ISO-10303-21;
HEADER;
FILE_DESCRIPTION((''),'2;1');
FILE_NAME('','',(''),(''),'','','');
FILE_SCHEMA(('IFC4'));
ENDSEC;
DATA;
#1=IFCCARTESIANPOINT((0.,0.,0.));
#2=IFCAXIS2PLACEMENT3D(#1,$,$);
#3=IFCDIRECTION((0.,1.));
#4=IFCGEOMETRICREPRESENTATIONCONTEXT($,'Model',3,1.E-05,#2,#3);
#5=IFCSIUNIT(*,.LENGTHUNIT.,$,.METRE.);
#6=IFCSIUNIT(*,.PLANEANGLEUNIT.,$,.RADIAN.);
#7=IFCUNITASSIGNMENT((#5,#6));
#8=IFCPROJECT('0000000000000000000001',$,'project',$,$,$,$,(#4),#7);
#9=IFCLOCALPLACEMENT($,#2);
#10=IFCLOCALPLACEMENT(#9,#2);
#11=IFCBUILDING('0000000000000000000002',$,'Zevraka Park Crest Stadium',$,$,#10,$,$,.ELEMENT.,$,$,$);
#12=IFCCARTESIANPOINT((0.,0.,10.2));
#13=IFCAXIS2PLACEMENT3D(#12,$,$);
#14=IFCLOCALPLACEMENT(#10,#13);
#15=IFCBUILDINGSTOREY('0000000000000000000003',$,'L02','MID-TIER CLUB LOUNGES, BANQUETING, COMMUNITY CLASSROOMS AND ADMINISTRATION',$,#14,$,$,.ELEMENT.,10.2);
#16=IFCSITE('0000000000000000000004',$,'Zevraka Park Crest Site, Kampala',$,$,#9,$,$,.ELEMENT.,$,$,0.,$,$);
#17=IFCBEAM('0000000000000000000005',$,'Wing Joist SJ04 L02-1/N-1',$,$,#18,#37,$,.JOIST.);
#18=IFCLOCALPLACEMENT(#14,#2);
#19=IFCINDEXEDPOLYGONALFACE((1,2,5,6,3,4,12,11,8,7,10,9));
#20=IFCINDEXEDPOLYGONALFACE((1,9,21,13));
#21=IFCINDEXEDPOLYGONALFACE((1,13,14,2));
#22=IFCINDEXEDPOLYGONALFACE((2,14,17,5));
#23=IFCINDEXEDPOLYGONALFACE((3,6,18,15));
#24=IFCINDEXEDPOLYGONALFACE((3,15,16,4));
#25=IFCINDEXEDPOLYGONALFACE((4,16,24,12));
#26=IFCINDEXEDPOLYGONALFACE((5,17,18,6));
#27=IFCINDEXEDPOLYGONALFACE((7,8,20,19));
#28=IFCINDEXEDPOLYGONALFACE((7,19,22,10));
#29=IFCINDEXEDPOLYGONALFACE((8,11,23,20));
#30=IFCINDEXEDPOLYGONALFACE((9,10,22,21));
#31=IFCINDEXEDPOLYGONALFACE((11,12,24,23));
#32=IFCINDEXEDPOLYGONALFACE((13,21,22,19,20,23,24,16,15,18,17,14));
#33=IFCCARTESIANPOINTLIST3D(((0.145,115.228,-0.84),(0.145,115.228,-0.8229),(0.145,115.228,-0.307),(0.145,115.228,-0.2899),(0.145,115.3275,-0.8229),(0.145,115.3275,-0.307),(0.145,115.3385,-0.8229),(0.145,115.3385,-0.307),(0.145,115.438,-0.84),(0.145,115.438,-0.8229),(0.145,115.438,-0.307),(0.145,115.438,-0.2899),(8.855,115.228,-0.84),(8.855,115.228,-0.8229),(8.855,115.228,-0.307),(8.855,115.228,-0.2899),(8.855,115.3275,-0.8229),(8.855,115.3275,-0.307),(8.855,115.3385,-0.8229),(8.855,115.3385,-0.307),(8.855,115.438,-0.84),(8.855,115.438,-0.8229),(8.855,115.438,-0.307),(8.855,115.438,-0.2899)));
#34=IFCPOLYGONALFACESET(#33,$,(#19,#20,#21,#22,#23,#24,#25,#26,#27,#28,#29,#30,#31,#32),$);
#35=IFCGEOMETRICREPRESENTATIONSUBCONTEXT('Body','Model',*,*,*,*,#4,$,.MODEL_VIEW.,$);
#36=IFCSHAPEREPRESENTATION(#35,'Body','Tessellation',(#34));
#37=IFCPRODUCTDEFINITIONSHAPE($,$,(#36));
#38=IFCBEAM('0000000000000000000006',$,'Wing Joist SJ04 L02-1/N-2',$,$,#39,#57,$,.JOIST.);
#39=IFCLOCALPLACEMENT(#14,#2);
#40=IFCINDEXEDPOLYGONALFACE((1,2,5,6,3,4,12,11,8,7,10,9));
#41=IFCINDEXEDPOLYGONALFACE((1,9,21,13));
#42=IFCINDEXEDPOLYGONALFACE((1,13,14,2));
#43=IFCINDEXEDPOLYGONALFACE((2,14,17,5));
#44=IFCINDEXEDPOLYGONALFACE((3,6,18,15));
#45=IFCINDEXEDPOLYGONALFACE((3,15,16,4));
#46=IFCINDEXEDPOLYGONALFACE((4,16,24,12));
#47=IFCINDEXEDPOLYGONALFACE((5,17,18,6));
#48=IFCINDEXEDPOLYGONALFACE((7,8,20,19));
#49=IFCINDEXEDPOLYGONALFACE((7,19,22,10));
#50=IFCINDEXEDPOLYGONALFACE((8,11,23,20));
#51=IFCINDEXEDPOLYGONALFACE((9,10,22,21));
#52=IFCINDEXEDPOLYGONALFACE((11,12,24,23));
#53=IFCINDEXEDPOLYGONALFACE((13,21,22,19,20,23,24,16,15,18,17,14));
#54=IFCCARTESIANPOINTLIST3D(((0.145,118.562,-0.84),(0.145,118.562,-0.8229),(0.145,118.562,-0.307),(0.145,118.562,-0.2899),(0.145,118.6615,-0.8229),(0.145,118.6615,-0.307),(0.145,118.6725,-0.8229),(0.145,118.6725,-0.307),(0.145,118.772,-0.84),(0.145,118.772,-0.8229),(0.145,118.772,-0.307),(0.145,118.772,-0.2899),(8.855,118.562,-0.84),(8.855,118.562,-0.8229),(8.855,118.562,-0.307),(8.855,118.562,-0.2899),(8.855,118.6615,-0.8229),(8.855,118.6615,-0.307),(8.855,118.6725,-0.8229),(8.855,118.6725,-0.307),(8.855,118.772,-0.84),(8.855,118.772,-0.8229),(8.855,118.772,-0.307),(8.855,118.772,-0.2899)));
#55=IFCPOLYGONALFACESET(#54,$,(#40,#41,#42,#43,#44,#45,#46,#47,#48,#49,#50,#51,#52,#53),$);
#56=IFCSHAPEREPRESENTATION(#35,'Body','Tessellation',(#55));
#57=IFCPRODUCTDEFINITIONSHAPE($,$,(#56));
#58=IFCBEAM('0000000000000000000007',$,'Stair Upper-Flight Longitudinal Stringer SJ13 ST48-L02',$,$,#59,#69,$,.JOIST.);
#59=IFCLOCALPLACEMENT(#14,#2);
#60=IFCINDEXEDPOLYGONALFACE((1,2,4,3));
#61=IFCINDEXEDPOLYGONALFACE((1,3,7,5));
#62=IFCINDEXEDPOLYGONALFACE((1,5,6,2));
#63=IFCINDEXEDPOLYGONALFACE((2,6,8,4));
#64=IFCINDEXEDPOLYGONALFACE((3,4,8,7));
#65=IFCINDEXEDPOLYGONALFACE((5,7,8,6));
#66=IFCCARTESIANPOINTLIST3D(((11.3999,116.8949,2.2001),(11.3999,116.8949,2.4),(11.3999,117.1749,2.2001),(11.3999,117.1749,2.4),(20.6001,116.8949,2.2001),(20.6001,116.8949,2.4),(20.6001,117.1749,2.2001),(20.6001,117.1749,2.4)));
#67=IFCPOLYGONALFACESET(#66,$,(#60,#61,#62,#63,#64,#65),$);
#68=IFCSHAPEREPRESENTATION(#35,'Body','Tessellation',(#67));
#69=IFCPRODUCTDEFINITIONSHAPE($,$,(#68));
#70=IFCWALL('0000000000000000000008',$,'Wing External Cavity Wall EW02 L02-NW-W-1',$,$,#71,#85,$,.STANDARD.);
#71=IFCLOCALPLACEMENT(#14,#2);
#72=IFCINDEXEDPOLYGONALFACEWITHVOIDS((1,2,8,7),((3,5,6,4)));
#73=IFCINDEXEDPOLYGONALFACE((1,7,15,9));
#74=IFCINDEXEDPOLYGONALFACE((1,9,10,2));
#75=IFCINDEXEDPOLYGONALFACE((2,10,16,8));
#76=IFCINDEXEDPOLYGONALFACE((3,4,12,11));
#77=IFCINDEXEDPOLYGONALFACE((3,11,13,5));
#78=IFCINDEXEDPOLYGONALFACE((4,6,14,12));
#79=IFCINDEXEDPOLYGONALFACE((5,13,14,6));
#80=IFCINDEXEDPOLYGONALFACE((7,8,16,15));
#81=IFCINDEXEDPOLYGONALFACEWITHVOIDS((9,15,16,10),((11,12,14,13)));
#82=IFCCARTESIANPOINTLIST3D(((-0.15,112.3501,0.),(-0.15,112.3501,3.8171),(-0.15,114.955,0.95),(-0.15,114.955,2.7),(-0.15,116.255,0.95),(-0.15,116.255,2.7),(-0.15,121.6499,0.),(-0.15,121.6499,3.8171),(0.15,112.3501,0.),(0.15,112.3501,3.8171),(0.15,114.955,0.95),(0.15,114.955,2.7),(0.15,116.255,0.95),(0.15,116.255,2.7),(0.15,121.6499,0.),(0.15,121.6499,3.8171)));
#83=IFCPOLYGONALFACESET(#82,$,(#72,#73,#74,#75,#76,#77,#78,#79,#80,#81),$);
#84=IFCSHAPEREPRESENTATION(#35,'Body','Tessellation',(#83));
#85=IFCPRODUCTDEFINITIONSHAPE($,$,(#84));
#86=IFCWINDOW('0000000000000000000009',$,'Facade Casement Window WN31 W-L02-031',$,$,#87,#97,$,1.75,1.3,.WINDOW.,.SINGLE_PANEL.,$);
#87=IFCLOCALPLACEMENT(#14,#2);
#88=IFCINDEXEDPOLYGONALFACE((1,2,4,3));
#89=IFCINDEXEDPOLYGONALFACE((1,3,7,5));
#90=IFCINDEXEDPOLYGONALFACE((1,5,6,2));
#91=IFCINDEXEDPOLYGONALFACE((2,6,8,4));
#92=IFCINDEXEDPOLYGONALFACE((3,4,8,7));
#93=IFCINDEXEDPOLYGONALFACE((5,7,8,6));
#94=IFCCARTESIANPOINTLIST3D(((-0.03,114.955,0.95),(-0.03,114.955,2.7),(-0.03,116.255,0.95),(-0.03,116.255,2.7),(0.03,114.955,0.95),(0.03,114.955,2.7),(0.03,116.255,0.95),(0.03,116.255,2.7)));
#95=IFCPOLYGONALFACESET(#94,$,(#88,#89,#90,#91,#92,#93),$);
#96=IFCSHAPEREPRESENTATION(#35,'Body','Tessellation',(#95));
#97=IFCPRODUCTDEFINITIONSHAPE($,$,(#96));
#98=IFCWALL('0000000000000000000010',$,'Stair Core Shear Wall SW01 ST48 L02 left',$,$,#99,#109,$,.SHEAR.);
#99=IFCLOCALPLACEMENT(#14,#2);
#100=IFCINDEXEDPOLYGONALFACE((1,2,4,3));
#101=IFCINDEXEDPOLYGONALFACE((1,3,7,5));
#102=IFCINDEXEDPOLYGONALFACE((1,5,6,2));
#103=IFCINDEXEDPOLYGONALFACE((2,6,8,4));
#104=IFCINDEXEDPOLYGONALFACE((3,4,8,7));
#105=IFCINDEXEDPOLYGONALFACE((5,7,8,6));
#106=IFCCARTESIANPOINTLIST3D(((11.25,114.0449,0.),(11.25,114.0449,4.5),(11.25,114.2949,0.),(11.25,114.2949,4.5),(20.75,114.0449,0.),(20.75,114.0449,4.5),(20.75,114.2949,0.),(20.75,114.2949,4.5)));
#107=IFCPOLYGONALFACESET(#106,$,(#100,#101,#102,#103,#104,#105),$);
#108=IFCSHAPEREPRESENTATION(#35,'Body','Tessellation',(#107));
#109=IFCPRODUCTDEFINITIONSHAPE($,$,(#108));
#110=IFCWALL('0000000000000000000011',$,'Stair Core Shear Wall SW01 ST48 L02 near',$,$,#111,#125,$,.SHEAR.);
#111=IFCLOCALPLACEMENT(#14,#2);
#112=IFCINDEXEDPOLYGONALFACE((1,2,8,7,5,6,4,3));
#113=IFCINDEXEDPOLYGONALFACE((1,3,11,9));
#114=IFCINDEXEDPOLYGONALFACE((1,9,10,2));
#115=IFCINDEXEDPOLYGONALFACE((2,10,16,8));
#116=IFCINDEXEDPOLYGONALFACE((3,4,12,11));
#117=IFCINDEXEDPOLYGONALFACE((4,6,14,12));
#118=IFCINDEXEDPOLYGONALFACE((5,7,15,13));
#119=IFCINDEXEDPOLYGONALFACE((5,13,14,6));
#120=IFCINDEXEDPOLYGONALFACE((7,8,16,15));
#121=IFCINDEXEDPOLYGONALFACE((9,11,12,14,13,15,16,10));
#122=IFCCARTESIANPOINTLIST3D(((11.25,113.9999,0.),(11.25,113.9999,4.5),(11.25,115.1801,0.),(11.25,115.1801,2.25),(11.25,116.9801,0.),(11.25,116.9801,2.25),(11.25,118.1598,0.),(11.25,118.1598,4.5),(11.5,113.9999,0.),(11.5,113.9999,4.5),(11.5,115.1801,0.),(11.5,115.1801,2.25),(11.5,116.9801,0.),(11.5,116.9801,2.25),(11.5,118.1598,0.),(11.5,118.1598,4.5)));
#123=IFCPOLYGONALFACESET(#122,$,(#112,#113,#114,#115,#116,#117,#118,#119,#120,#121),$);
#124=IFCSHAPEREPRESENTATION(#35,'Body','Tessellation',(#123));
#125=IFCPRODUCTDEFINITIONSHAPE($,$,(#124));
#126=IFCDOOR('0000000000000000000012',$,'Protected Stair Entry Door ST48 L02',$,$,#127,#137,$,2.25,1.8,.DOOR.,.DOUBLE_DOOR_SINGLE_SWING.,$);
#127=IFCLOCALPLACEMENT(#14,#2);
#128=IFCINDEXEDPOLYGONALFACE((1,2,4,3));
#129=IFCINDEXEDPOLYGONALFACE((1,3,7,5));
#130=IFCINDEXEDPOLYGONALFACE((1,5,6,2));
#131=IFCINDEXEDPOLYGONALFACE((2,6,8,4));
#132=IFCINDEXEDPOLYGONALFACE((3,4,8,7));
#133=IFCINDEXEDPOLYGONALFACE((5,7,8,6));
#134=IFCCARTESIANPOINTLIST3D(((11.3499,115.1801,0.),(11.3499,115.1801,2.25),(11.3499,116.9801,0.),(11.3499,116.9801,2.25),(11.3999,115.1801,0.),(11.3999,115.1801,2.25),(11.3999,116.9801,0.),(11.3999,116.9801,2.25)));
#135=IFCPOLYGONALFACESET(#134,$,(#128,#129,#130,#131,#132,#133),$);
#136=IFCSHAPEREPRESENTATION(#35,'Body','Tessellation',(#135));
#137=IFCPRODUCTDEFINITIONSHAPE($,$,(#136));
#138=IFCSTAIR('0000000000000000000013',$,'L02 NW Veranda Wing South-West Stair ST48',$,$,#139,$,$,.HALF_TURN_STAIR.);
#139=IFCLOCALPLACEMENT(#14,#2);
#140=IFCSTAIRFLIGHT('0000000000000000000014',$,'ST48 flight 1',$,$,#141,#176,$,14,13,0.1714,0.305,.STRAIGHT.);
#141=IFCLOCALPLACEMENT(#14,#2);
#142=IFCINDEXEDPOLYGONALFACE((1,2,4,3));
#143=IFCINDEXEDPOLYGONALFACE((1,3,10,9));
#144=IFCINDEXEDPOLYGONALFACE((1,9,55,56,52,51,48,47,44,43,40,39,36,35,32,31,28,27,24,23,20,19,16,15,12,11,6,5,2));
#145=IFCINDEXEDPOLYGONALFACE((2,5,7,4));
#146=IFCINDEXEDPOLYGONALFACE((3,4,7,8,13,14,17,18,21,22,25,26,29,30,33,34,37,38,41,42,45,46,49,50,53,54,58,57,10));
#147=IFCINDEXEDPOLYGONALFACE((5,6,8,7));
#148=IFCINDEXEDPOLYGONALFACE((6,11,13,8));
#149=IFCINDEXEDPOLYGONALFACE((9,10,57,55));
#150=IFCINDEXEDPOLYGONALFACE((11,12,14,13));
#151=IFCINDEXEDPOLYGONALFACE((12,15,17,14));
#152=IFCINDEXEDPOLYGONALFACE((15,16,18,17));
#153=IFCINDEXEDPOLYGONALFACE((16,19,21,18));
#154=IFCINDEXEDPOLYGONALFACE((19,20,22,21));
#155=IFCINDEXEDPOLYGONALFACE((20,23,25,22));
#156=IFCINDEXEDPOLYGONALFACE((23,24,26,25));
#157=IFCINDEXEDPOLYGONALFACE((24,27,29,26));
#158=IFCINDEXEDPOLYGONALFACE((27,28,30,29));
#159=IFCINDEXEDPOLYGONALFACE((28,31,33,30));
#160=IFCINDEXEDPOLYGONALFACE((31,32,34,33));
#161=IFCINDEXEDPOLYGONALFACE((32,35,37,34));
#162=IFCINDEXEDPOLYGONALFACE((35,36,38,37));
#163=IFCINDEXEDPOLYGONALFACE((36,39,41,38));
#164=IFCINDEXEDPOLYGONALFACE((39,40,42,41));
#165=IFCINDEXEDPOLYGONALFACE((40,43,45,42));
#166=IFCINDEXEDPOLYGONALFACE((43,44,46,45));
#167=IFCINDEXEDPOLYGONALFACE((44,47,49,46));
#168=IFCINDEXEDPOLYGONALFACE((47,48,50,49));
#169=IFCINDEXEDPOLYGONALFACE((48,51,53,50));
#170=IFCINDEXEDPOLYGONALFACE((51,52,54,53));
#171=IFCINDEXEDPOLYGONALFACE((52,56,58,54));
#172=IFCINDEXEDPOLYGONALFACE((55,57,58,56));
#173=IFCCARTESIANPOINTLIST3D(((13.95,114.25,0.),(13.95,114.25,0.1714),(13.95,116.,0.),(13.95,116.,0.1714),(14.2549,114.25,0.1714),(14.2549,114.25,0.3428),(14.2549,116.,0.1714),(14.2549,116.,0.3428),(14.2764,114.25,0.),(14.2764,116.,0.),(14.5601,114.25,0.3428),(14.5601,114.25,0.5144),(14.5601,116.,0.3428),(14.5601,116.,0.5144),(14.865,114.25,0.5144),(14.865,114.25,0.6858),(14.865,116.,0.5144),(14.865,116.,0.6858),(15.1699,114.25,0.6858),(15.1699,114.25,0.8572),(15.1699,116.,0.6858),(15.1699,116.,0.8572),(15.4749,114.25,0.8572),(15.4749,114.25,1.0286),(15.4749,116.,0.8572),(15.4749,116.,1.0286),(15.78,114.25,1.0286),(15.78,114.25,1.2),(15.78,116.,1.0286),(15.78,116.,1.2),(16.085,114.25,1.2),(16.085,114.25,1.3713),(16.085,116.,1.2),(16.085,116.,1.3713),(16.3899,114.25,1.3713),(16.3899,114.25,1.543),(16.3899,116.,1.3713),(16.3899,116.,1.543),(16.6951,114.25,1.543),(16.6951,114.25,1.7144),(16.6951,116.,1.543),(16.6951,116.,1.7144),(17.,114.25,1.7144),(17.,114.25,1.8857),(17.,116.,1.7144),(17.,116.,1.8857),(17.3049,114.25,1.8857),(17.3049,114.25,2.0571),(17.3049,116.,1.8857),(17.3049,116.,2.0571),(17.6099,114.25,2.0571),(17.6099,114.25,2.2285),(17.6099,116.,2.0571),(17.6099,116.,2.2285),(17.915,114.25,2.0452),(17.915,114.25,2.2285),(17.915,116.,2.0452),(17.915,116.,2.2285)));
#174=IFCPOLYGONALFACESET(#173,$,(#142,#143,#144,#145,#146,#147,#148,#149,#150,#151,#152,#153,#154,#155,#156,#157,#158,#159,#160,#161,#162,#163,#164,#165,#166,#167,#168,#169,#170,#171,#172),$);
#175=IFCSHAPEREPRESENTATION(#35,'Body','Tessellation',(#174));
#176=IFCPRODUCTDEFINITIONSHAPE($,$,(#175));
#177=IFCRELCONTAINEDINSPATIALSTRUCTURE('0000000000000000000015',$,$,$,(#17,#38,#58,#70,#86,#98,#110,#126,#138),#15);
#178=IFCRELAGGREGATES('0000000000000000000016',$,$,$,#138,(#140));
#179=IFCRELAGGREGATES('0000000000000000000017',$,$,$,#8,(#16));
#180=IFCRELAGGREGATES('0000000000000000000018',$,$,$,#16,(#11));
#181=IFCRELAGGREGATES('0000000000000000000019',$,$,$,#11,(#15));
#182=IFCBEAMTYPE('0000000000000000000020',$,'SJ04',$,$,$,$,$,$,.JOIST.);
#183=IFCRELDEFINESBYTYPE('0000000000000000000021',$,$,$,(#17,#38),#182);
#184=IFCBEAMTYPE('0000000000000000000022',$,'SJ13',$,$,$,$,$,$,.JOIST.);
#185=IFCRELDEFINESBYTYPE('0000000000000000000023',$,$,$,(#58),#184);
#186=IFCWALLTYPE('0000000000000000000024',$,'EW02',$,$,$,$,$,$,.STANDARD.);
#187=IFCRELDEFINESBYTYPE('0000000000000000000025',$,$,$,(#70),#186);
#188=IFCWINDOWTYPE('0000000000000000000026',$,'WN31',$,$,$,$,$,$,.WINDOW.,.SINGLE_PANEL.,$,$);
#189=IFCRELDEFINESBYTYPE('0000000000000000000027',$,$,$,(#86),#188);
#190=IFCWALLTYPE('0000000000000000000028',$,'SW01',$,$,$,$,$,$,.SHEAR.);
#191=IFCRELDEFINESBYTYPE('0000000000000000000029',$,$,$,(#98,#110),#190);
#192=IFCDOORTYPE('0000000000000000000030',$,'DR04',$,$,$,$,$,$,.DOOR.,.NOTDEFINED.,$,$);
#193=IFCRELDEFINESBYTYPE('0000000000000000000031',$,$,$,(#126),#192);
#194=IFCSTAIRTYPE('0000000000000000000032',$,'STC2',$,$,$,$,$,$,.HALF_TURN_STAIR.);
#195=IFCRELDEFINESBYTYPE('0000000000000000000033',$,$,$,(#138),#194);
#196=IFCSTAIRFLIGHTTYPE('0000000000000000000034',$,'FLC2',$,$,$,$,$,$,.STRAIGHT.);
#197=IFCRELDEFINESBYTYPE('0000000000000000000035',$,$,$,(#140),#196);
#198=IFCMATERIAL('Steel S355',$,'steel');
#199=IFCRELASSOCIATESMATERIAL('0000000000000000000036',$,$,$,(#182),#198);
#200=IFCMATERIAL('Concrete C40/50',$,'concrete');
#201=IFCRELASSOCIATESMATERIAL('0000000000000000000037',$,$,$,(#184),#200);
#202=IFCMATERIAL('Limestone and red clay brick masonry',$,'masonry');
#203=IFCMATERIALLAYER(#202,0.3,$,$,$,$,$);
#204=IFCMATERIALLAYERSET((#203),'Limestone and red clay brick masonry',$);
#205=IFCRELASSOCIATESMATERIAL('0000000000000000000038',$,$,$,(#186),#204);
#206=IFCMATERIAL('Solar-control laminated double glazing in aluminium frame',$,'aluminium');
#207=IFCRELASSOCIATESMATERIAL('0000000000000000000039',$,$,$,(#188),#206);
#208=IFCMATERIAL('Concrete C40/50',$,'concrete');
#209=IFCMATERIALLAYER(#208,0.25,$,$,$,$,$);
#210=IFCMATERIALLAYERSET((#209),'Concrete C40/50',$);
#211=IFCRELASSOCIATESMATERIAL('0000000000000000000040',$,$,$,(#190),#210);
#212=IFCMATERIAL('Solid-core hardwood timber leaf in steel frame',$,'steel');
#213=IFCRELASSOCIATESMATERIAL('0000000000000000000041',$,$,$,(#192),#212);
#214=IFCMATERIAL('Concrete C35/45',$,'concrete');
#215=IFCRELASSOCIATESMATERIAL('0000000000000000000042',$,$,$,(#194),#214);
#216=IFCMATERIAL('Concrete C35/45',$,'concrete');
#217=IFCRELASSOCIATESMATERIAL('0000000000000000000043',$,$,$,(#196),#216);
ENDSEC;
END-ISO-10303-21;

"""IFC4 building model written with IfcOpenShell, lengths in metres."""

from ifc_helpers import new_model, si_unit, direction, frame, frame_2d, origin, origin_2d, place, context, subcontext, project, spatial, polyline, rectangle, i_section, outline, extrude, material, layer, layer_set, material_profile, profile_set, type_object, element, fill, aggregate, save


model = new_model("IFC4")

# Units and contexts
model_context = context("Model", 3, precision=1e-05, world=origin(), true_north=direction((0.0, 1.0)))
body_context = subcontext(model_context, "Body", "Model", "MODEL_VIEW")
ifc_project = project(units=[si_unit("LENGTHUNIT", "METRE"), si_unit("PLANEANGLEUNIT", "RADIAN")], contexts=[model_context])

# Site, building, storey
site_placement = place(None, origin())
site = spatial("IfcSite", under=ifc_project, at=site_placement, Name="Zevraka Park Crest Site, Kampala", CompositionType="ELEMENT", RefElevation=0.0)
building_placement = place(site_placement, origin())
building = spatial("IfcBuilding", under=site, at=building_placement, Name="Zevraka Park Crest Stadium", CompositionType="ELEMENT")
storey_placement = place(building_placement, frame((0.0, 0.0, 10.2)))
storey = spatial("IfcBuildingStorey", under=building, at=storey_placement, Name="L02", Description="MID-TIER CLUB LOUNGES, BANQUETING, COMMUNITY CLASSROOMS AND ADMINISTRATION", CompositionType="ELEMENT", Elevation=10.2)

# Beams
ifc_material_1 = material(Name="Steel S355", Category="steel")
ifc_material_profile_1 = material_profile(ifc_material_1, i_section(OverallWidth=0.21, OverallDepth=0.55, WebThickness=0.011, FlangeThickness=0.0171, at=origin_2d()), Name="IPE 550")
ifc_profile_set_1 = profile_set([ifc_material_profile_1], Name="Steel S355")
beam_type_1 = type_object("IfcBeamType", Name="SJ04", PredefinedType="JOIST", material=ifc_profile_set_1)
for number, where, z_axis, x_axis, name in (
    (1, (0.145, 115.333, -0.5649), (1.0, 0.0, 0.0), (0.0, 1.0, 0.0), "Wing Joist SJ04 L02-1/N-1"),
    (2, (0.145, 118.667, -0.5649), (1.0, 0.0, 0.0), (0.0, 1.0, 0.0), "Wing Joist SJ04 L02-1/N-2"),
):
    element("IfcBeam", number, at=place(storey_placement, frame(where, z_axis=z_axis, x_axis=x_axis)), inside=storey, type_object=beam_type_1, Name=name, PredefinedType="JOIST", context=body_context, shape_type="SweptSolid", body=[
        extrude(i_section(OverallWidth=0.21, OverallDepth=0.55, WebThickness=0.011, FlangeThickness=0.0171, at=origin_2d()), origin(), (0.0, 0.0, 1.0), 8.71),
    ])
ifc_material_2 = material(Name="Concrete C40/50", Category="concrete")
ifc_material_profile_2 = material_profile(ifc_material_2, rectangle(XDim=0.28, YDim=0.2, at=origin_2d()), Name="RC 200x280")
ifc_profile_set_2 = profile_set([ifc_material_profile_2], Name="Concrete C40/50")
beam_type_2 = type_object("IfcBeamType", Name="SJ13", PredefinedType="JOIST", material=ifc_profile_set_2)
beam_1_placement = place(storey_placement, frame((11.3999, 117.0349, 2.3), z_axis=(1.0, 0.0, 0.0), x_axis=(0.0, 1.0, 0.0)))
element("IfcBeam", 3, at=beam_1_placement, inside=storey, type_object=beam_type_2, Name="Stair Upper-Flight Longitudinal Stringer SJ13 ST48-L02", PredefinedType="JOIST", context=body_context, shape_type="SweptSolid", body=[
    extrude(rectangle(XDim=0.28, YDim=0.2, at=origin_2d()), origin(), (0.0, 0.0, 1.0), 9.2002),
])

# Wall, opening, window
ifc_material_3 = material(Name="Limestone and red clay brick masonry", Category="masonry")
ifc_layer_1 = layer(ifc_material_3, 0.3)
ifc_layer_set_1 = layer_set([ifc_layer_1], Name="Limestone and red clay brick masonry")
wall_type_1 = type_object("IfcWallType", Name="EW02", PredefinedType="STANDARD", material=ifc_layer_set_1)
wall_1_placement = place(storey_placement, frame((0.0, 112.3501, 0.0), z_axis=(0.0, 0.0, 1.0), x_axis=(0.0, 1.0, 0.0)))
wall_1 = element("IfcWall", 4, at=wall_1_placement, inside=storey, type_object=wall_type_1, Name="Wing External Cavity Wall EW02 L02-NW-W-1", PredefinedType="STANDARD", context=body_context, shape_type="SweptSolid", body=[
    extrude(rectangle(XDim=9.2998, YDim=0.3, at=frame_2d((4.6499, 0.0))), origin(), (0.0, 0.0, 1.0), 3.8171),
])
opening_1_placement = place(wall_1_placement, frame((2.605, 0.0, 0.95)))
opening_1 = element("IfcOpeningElement", 5, at=opening_1_placement, cuts=wall_1, PredefinedType="OPENING", context=body_context, shape_type="SweptSolid", body=[
    extrude(rectangle(XDim=1.3, YDim=1.75, at=frame_2d((0.6499, 0.875))), frame((0.0, 0.1599, 0.0), z_axis=(0.0, -1.0, 0.0), x_axis=(1.0, 0.0, 0.0)), (0.0, 0.0, 1.0), 0.3201),
])
ifc_material_4 = material(Name="Solar-control laminated double glazing in aluminium frame", Category="aluminium")
window_type = type_object("IfcWindowType", Name="WN31", PartitioningType="SINGLE_PANEL", PredefinedType="WINDOW", material=ifc_material_4)
window_placement = place(opening_1_placement, origin())
window = element("IfcWindow", 6, at=window_placement, inside=storey, type_object=window_type, Name="Facade Casement Window WN31 W-L02-031", OverallHeight=1.75, OverallWidth=1.3, PartitioningType="SINGLE_PANEL", PredefinedType="WINDOW", context=body_context, shape_type="SweptSolid", body=[
    extrude(rectangle(XDim=1.3, YDim=1.75, at=frame_2d((0.6499, 0.875))), frame((0.0, 0.03, 0.0), z_axis=(0.0, -1.0, 0.0), x_axis=(1.0, 0.0, 0.0)), (0.0, 0.0, 1.0), 0.0601),
])
fill(opening_1, window)

# Wall
ifc_material_5 = material(Name="Concrete C40/50", Category="concrete")
ifc_layer_2 = layer(ifc_material_5, 0.25)
ifc_layer_set_2 = layer_set([ifc_layer_2], Name="Concrete C40/50")
wall_type_2 = type_object("IfcWallType", Name="SW01", PredefinedType="SHEAR", material=ifc_layer_set_2)
wall_2_placement = place(storey_placement, frame((11.25, 114.1699, 0.0), z_axis=(0.0, 0.0, 1.0), x_axis=(1.0, 0.0, 0.0)))
element("IfcWall", 7, at=wall_2_placement, inside=storey, type_object=wall_type_2, Name="Stair Core Shear Wall SW01 ST48 L02 left", PredefinedType="SHEAR", context=body_context, shape_type="SweptSolid", body=[
    extrude(rectangle(XDim=9.5, YDim=0.25, at=frame_2d((4.75, 0.0))), origin(), (0.0, 0.0, 1.0), 4.5),
])

# Wall, opening, door
wall_3_placement = place(storey_placement, frame((11.375, 118.1599, 0.0), z_axis=(0.0, 0.0, 1.0), x_axis=(0.0, -1.0, 0.0)))
wall_3 = element("IfcWall", 8, at=wall_3_placement, inside=storey, type_object=wall_type_2, Name="Stair Core Shear Wall SW01 ST48 L02 near", PredefinedType="SHEAR", context=body_context, shape_type="SweptSolid", body=[
    extrude(rectangle(XDim=4.1599, YDim=0.25, at=frame_2d((2.0801, 0.0))), origin(), (0.0, 0.0, 1.0), 4.5),
])
opening_2_placement = place(wall_3_placement, frame((1.1799, 0.0, 0.0)))
opening_2 = element("IfcOpeningElement", 9, at=opening_2_placement, cuts=wall_3, PredefinedType="OPENING", context=body_context, shape_type="SweptSolid", body=[
    extrude(rectangle(XDim=1.8, YDim=2.25, at=frame_2d((0.8999, 1.125))), frame((0.0, 0.135, 0.0), z_axis=(0.0, -1.0, 0.0), x_axis=(1.0, 0.0, 0.0)), (0.0, 0.0, 1.0), 0.27),
])
ifc_material_6 = material(Name="Solid-core hardwood timber leaf in steel frame", Category="steel")
door_type = type_object("IfcDoorType", Name="DR04", OperationType="NOTDEFINED", PredefinedType="DOOR", material=ifc_material_6)
door_placement = place(opening_2_placement, origin())
door = element("IfcDoor", 10, at=door_placement, inside=storey, type_object=door_type, Name="Protected Stair Entry Door ST48 L02", OperationType="DOUBLE_DOOR_SINGLE_SWING", OverallHeight=2.25, OverallWidth=1.8, PredefinedType="DOOR", context=body_context, shape_type="SweptSolid", body=[
    extrude(rectangle(XDim=1.8, YDim=2.25, at=frame_2d((0.8999, 1.125))), frame((0.0, 0.0249, 0.0), z_axis=(0.0, -1.0, 0.0), x_axis=(1.0, 0.0, 0.0)), (0.0, 0.0, 1.0), 0.05),
])
fill(opening_2, door)

# Stair, stair flight
ifc_material_7 = material(Name="Concrete C35/45", Category="concrete")
stair_type = type_object("IfcStairType", Name="STC2", PredefinedType="HALF_TURN_STAIR", material=ifc_material_7)
stair_placement = place(storey_placement, origin())
stair = element("IfcStair", 11, at=stair_placement, inside=storey, type_object=stair_type, Name="L02 NW Veranda Wing South-West Stair ST48", PredefinedType="HALF_TURN_STAIR")
ifc_material_8 = material(Name="Concrete C35/45", Category="concrete")
stair_flight_type = type_object("IfcStairFlightType", Name="FLC2", PredefinedType="STRAIGHT", material=ifc_material_8)
stair_flight_placement = place(storey_placement, frame((13.95, 115.125, 0.0), z_axis=(0.0, 0.0, 1.0), x_axis=(1.0, 0.0, 0.0)))
stair_flight = element("IfcStairFlight", 12, at=stair_flight_placement, type_object=stair_flight_type, Name="ST48 flight 1", NumberOfRisers=14, NumberOfTreads=13, PredefinedType="STRAIGHT", RiserHeight=0.1714, TreadLength=0.305, context=body_context, shape_type="SweptSolid", body=[
    extrude(outline(polyline([(0.0, 0.0), (0.0, 0.1714), (0.3049, 0.1714), (0.3049, 0.3428), (0.6101, 0.3428), (0.6101, 0.5144), (0.915, 0.5144), (0.915, 0.6858), (1.22, 0.6858), (1.22, 0.8572), (1.5249, 0.8572), (1.5249, 1.0286), (1.8301, 1.0286), (1.8301, 1.2), (2.135, 1.2), (2.135, 1.3713), (2.4399, 1.3713), (2.4399, 1.543), (2.7451, 1.543), (2.7451, 1.7144), (3.05, 1.7144), (3.05, 1.8857), (3.355, 1.8857), (3.355, 2.0571), (3.6599, 2.0571), (3.6599, 2.2285), (3.9651, 2.2285), (3.9651, 2.3999), (3.9651, 2.0452), (0.3264, 0.0), (0.0, 0.0)])), frame((0.0, 0.875, 0.0), z_axis=(0.0, -1.0, 0.0), x_axis=(1.0, 0.0, 0.0)), (0.0, 0.0, 1.0), 1.75),
])
aggregate(stair, [stair_flight])

save(model, "model.ifc")
